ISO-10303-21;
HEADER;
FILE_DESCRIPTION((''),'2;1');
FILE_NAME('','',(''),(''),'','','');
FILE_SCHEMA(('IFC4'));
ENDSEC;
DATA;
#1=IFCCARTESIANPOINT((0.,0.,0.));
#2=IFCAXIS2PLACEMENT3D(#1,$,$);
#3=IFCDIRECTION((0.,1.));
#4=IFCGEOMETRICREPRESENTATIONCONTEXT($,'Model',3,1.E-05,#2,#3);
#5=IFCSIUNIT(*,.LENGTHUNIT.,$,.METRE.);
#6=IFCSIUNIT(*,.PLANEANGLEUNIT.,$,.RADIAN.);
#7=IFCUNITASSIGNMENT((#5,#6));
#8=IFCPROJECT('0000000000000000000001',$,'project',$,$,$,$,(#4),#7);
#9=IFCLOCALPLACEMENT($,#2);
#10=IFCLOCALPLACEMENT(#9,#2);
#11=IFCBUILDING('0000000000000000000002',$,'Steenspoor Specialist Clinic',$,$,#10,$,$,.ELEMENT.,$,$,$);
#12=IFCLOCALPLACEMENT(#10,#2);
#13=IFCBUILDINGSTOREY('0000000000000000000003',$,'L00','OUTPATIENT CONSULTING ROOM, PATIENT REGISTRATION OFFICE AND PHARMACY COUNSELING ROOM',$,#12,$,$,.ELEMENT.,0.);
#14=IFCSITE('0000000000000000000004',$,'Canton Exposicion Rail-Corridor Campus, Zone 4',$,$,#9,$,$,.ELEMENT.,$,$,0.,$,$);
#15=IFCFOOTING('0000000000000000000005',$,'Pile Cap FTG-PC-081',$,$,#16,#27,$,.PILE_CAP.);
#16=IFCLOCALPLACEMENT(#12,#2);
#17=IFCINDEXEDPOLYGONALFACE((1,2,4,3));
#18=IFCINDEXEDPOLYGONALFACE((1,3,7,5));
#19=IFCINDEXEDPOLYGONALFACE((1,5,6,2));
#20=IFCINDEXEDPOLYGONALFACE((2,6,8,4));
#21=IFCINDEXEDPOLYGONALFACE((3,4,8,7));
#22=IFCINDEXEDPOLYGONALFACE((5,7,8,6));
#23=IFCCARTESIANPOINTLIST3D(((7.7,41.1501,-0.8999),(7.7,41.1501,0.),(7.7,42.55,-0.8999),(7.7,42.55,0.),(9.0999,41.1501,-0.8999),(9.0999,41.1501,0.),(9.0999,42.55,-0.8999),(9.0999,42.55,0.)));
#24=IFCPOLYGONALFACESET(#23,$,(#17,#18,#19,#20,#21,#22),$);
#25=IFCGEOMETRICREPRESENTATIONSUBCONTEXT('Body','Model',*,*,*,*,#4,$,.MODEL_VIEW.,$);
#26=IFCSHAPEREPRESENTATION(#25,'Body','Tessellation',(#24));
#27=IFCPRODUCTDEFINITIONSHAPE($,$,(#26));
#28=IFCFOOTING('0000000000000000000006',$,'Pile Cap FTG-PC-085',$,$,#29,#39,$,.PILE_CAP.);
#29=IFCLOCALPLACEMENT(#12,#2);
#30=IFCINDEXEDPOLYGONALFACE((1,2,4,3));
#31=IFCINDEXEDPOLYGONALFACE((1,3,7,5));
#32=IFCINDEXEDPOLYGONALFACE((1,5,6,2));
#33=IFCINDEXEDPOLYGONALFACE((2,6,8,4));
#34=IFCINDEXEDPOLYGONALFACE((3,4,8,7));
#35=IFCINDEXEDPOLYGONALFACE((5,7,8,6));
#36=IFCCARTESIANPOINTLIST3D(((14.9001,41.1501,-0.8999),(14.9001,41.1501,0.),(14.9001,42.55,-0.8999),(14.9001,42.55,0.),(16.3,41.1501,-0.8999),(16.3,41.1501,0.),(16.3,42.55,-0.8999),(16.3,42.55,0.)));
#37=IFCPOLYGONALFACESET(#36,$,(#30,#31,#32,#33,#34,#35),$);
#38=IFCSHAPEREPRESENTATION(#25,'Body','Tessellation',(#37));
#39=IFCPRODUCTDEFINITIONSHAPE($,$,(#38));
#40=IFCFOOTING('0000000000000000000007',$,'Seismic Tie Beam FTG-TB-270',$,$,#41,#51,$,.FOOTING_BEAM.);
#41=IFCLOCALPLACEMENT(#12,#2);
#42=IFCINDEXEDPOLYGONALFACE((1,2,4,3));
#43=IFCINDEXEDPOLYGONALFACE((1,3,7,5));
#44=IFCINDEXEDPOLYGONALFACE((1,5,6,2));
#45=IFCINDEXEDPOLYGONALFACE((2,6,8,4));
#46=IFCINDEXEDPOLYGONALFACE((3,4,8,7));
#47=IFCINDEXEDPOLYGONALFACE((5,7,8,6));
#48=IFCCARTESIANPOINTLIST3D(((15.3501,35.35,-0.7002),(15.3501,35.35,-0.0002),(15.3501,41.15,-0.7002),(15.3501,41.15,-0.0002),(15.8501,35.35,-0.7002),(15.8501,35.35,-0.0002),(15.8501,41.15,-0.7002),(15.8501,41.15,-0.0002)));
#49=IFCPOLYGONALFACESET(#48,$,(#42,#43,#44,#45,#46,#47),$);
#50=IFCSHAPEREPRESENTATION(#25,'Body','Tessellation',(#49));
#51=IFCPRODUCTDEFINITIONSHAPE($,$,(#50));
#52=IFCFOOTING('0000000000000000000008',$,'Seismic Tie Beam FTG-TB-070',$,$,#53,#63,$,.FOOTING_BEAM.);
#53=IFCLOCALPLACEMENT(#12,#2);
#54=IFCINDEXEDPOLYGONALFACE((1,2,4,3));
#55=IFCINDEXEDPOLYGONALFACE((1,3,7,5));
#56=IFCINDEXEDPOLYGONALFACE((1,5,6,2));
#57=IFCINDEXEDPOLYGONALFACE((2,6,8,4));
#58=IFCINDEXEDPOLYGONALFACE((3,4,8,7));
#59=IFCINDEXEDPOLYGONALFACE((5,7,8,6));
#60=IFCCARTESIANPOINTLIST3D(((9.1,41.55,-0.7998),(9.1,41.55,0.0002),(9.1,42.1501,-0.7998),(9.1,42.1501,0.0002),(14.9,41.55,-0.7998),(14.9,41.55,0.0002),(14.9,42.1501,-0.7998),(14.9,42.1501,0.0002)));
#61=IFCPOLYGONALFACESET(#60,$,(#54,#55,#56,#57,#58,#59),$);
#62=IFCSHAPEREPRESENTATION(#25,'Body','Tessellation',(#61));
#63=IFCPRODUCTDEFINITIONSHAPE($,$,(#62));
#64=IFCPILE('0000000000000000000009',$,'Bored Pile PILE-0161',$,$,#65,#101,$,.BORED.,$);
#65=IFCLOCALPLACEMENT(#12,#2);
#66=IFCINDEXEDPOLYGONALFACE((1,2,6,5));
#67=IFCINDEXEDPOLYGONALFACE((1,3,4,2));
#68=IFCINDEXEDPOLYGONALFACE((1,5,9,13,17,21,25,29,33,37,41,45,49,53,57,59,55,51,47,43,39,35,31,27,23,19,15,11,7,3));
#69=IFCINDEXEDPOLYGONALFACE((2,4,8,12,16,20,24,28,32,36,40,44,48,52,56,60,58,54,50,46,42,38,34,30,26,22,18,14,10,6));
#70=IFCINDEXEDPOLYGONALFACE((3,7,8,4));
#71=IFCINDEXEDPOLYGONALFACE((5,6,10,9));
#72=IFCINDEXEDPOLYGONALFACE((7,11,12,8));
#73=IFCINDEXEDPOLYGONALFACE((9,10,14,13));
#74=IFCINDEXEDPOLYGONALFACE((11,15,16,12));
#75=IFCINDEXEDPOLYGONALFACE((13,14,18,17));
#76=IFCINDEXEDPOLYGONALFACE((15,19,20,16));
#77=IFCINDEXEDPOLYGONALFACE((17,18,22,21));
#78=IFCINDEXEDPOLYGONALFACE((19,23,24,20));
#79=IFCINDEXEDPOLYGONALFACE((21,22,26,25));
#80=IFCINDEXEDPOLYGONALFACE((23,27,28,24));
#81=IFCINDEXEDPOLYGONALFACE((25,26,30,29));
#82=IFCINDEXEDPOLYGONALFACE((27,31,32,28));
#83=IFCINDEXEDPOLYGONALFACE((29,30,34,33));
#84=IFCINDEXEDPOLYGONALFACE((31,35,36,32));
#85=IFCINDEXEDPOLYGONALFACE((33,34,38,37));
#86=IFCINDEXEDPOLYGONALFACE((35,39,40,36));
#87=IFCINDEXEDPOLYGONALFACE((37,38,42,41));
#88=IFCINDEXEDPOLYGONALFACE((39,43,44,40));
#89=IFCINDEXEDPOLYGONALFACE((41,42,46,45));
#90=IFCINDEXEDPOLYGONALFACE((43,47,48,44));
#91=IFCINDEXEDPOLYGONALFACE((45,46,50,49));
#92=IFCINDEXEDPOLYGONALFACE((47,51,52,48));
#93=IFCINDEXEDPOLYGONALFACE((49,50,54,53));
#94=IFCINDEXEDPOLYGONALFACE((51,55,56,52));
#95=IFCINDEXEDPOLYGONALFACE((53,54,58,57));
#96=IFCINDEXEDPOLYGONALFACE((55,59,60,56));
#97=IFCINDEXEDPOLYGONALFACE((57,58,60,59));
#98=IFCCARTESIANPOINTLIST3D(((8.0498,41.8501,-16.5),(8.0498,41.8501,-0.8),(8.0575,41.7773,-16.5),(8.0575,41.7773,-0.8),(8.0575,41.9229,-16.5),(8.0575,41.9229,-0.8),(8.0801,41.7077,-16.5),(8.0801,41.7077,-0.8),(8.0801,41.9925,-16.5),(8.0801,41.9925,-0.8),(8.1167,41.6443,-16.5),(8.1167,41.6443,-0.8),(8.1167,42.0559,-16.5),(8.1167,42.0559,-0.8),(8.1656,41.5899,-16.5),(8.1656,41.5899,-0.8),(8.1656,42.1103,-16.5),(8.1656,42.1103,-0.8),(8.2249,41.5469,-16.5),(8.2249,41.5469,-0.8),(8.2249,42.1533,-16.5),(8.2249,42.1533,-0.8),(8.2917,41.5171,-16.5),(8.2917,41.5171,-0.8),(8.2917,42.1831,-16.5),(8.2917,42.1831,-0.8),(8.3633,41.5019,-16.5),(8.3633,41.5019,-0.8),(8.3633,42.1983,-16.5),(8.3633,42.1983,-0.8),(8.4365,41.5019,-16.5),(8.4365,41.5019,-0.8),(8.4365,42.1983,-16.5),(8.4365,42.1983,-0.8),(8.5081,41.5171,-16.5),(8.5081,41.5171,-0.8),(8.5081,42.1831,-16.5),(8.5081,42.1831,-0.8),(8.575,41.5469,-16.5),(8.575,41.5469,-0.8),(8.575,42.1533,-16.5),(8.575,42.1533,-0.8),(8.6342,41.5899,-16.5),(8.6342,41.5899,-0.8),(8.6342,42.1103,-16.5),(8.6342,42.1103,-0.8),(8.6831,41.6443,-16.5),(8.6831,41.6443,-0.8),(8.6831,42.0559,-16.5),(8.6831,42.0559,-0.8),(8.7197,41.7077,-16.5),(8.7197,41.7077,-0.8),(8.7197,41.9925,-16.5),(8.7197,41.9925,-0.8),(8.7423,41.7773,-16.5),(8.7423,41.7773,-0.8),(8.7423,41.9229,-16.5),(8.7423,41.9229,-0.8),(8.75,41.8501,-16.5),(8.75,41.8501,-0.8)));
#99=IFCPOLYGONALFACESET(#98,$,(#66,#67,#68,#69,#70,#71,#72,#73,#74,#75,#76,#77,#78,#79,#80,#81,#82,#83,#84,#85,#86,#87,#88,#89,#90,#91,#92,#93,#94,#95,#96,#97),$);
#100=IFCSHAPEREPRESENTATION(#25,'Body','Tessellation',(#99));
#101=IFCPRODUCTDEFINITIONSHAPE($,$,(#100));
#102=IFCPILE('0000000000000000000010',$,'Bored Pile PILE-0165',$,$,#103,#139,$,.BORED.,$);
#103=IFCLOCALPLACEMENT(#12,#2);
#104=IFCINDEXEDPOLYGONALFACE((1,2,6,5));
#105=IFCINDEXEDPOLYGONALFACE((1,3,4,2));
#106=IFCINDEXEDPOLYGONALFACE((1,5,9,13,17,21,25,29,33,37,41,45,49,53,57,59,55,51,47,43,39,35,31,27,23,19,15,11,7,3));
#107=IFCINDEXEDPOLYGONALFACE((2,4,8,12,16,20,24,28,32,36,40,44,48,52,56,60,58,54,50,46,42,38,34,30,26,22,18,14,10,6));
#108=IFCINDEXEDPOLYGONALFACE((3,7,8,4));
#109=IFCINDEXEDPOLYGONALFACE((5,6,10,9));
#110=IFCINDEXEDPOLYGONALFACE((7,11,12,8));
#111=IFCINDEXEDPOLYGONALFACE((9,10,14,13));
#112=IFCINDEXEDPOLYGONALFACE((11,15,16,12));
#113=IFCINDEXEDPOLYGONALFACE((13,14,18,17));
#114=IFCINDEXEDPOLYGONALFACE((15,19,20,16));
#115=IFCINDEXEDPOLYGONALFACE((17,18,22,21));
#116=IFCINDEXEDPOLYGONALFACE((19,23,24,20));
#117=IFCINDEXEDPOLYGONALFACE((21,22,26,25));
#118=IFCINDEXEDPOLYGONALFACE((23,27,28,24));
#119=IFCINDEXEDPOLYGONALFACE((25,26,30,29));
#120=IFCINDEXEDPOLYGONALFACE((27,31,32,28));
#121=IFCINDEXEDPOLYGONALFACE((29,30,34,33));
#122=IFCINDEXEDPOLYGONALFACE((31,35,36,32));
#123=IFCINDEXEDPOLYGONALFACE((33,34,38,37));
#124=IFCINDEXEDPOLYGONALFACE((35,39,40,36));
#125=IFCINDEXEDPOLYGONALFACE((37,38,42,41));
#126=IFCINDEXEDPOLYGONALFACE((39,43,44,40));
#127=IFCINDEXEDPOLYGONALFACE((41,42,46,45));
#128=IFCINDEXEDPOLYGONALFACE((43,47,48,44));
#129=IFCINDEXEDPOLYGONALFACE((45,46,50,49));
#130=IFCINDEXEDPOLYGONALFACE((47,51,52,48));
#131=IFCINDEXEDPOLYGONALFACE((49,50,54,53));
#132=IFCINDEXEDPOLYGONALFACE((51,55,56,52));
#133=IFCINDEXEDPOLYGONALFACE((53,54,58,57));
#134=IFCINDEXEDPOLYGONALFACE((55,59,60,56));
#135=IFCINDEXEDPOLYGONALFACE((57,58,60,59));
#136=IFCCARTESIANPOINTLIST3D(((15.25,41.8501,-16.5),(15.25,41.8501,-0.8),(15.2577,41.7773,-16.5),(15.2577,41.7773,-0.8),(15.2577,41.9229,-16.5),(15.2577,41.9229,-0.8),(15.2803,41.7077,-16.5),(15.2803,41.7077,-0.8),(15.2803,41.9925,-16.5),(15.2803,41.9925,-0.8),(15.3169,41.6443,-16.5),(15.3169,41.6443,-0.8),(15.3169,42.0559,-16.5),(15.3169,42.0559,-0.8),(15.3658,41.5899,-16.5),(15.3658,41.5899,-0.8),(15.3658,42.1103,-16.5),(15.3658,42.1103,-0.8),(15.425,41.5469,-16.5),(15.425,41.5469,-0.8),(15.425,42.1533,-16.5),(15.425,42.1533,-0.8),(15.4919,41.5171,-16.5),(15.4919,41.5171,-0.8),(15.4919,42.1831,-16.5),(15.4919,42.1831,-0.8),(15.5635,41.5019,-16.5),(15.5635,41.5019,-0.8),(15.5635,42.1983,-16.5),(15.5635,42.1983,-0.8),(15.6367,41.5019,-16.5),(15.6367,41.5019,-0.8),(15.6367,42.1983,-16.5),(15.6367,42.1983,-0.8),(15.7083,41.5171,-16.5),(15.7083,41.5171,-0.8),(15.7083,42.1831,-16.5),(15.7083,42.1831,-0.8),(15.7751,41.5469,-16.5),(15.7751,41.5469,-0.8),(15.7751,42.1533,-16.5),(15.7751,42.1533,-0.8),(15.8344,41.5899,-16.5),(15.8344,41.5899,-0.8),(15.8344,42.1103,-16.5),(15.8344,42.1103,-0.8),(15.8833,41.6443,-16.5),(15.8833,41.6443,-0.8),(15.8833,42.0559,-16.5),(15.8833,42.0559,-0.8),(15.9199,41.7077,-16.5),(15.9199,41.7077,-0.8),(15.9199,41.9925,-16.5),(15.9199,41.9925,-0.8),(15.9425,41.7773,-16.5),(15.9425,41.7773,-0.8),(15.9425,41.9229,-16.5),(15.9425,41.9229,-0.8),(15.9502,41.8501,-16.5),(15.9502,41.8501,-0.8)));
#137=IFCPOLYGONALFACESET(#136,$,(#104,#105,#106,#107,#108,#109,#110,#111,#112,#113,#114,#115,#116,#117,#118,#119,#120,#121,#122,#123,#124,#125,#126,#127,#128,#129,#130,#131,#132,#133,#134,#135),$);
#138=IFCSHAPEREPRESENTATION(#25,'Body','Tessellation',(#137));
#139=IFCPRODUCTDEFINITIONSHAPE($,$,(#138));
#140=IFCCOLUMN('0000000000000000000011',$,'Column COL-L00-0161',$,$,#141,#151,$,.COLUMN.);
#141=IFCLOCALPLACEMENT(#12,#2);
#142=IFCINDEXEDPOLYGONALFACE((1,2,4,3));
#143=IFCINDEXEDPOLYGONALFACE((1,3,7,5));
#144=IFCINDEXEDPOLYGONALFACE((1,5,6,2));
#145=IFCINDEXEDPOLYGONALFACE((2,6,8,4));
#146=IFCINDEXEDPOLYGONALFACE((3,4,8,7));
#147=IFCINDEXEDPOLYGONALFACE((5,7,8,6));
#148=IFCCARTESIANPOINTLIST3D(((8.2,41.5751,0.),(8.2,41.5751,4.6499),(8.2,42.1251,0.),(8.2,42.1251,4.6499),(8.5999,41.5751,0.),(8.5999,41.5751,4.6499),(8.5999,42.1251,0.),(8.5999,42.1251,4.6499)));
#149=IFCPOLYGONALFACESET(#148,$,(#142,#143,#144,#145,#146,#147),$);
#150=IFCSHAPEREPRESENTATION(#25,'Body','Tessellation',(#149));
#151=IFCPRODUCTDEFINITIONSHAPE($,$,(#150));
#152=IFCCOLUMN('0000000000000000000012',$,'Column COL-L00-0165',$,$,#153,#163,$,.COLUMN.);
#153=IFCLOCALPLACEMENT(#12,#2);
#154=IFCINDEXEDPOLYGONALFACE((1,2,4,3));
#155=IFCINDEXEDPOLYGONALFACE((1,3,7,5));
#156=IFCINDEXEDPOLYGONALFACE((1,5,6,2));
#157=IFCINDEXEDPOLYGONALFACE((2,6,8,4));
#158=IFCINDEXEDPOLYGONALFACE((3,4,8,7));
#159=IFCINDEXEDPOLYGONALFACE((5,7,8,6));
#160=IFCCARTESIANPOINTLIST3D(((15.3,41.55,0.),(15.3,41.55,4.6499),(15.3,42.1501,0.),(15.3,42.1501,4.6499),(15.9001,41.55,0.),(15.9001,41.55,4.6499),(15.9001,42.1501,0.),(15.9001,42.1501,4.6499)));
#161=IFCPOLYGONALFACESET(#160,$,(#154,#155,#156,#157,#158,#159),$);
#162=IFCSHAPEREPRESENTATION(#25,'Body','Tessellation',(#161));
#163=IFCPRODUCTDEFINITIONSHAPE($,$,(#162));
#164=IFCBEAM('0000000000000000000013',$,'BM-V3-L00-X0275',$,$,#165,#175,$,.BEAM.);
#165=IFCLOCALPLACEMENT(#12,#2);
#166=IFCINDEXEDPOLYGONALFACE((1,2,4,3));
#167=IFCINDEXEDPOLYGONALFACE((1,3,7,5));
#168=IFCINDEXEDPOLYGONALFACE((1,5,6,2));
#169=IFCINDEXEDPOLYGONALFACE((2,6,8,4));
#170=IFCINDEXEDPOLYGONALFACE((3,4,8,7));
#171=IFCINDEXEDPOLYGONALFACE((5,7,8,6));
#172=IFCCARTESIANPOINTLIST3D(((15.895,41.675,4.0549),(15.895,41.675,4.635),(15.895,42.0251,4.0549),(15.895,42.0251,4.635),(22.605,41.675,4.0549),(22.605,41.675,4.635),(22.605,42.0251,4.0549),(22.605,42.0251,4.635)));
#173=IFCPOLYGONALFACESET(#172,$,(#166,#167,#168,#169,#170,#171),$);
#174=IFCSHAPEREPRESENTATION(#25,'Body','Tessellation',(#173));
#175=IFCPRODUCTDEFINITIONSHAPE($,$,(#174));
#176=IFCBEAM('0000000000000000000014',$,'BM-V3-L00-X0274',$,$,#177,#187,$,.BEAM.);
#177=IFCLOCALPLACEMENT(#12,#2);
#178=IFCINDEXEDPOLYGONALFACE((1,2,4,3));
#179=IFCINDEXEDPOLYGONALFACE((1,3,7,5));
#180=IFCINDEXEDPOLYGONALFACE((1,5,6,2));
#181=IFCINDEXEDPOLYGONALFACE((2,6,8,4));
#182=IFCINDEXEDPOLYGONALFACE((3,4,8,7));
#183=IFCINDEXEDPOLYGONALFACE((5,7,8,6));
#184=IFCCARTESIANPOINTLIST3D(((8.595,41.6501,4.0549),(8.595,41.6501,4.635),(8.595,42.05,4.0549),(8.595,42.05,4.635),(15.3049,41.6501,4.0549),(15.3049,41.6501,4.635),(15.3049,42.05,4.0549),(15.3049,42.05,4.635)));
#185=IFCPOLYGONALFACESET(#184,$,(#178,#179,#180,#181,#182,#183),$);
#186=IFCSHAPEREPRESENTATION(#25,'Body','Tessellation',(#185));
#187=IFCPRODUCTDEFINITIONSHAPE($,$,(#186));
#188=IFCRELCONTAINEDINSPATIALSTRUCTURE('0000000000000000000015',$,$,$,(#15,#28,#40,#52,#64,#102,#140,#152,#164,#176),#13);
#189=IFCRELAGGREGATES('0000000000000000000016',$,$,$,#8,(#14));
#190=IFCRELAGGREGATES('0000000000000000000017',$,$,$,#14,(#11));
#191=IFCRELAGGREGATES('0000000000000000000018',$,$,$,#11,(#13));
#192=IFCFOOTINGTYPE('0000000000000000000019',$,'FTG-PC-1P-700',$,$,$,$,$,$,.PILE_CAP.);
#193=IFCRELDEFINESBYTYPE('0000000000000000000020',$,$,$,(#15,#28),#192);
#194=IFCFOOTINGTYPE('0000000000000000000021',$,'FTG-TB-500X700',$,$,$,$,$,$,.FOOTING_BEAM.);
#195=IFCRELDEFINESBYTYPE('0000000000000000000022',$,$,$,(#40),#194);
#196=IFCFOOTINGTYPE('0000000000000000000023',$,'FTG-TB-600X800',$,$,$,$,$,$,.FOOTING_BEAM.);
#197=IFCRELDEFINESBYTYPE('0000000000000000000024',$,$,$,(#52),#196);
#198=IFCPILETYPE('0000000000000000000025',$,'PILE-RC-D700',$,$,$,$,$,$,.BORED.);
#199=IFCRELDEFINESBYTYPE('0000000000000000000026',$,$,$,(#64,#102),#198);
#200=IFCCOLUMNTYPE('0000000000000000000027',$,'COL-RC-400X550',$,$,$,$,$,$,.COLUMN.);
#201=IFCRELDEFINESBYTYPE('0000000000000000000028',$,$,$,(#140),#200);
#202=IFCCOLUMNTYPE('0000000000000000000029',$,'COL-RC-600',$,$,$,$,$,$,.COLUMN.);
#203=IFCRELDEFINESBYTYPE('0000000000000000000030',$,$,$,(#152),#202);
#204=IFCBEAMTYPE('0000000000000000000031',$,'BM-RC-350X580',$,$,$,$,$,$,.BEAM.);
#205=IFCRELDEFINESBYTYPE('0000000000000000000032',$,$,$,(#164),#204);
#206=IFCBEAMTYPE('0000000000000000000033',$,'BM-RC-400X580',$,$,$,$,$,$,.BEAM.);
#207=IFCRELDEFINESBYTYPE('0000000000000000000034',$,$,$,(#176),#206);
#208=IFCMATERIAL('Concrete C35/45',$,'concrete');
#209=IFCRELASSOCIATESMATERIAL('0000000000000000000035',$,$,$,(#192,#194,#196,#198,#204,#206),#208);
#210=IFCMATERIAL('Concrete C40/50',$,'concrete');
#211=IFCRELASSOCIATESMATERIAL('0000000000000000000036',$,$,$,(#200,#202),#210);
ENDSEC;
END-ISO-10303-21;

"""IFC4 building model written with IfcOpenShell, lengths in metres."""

from ifc_helpers import new_model, si_unit, direction, frame, origin, origin_2d, place, context, subcontext, project, spatial, rectangle, circle, extrude, material, material_profile, profile_set, type_object, element, save


model = new_model("IFC4")

# Units and contexts
model_context = context("Model", 3, precision=1e-05, world=origin(), true_north=direction((0.0, 1.0)))
body_context = subcontext(model_context, "Body", "Model", "MODEL_VIEW")
ifc_project = project(units=[si_unit("LENGTHUNIT", "METRE"), si_unit("PLANEANGLEUNIT", "RADIAN")], contexts=[model_context])

# Site, building, storey
site_placement = place(None, origin())
site = spatial("IfcSite", under=ifc_project, at=site_placement, Name="Canton Exposicion Rail-Corridor Campus, Zone 4", CompositionType="ELEMENT", RefElevation=0.0)
building_placement = place(site_placement, origin())
building = spatial("IfcBuilding", under=site, at=building_placement, Name="Steenspoor Specialist Clinic", CompositionType="ELEMENT")
storey_placement = place(building_placement, origin())
storey = spatial("IfcBuildingStorey", under=building, at=storey_placement, Name="L00", Description="OUTPATIENT CONSULTING ROOM, PATIENT REGISTRATION OFFICE AND PHARMACY COUNSELING ROOM", CompositionType="ELEMENT", Elevation=0.0)

# Footings
ifc_material_1 = material(Name="Concrete C35/45", Category="concrete")
footing_type_1 = type_object("IfcFootingType", Name="FTG-PC-1P-700", PredefinedType="PILE_CAP", material=ifc_material_1)
for number, where, z_axis, x_axis, name in (
    (1, (8.3999, 41.8501, -0.8999), (0.0, 0.0, 1.0), (1.0, 0.0, 0.0), "Pile Cap FTG-PC-081"),
    (2, (15.6001, 41.8501, -0.8999), (0.0, 0.0, 1.0), (1.0, 0.0, 0.0), "Pile Cap FTG-PC-085"),
):
    element("IfcFooting", number, at=place(storey_placement, frame(where, z_axis=z_axis, x_axis=x_axis)), inside=storey, type_object=footing_type_1, Name=name, PredefinedType="PILE_CAP", context=body_context, shape_type="SweptSolid", body=[
        extrude(rectangle(XDim=1.3999, YDim=1.3999, at=origin_2d()), origin(), (0.0, 0.0, 1.0), 0.8999),
    ])
footing_type_2 = type_object("IfcFootingType", Name="FTG-TB-500X700", PredefinedType="FOOTING_BEAM", material=ifc_material_1)
footing_1_placement = place(storey_placement, frame((15.6001, 38.25, -0.7002), z_axis=(0.0, 0.0, 1.0), x_axis=(1.0, 0.0, 0.0)))
element("IfcFooting", 3, at=footing_1_placement, inside=storey, type_object=footing_type_2, Name="Seismic Tie Beam FTG-TB-270", PredefinedType="FOOTING_BEAM", context=body_context, shape_type="SweptSolid", body=[
    extrude(rectangle(XDim=0.5, YDim=5.8, at=origin_2d()), origin(), (0.0, 0.0, 1.0), 0.7),
])
footing_type_3 = type_object("IfcFootingType", Name="FTG-TB-600X800", PredefinedType="FOOTING_BEAM", material=ifc_material_1)
footing_2_placement = place(storey_placement, frame((12.0, 41.8501, -0.7998), z_axis=(0.0, 0.0, 1.0), x_axis=(1.0, 0.0, 0.0)))
element("IfcFooting", 4, at=footing_2_placement, inside=storey, type_object=footing_type_3, Name="Seismic Tie Beam FTG-TB-070", PredefinedType="FOOTING_BEAM", context=body_context, shape_type="SweptSolid", body=[
    extrude(rectangle(XDim=5.8, YDim=0.6001, at=origin_2d()), origin(), (0.0, 0.0, 1.0), 0.8),
])

# Piles
ifc_material_profile_1 = material_profile(ifc_material_1, circle(Radius=0.3501, at=origin_2d()), Name="PILE-D700")
ifc_profile_set_1 = profile_set([ifc_material_profile_1], Name="Concrete C35/45")
pile_type = type_object("IfcPileType", Name="PILE-RC-D700", PredefinedType="BORED", material=ifc_profile_set_1)
for number, where, z_axis, x_axis, name in (
    (5, (8.3999, 41.8501, -0.8), (0.0, 0.0, -1.0), (1.0, 0.0, 0.0), "Bored Pile PILE-0161"),
    (6, (15.6001, 41.8501, -0.8), (0.0, 0.0, -1.0), (1.0, 0.0, 0.0), "Bored Pile PILE-0165"),
):
    element("IfcPile", number, at=place(storey_placement, frame(where, z_axis=z_axis, x_axis=x_axis)), inside=storey, type_object=pile_type, Name=name, PredefinedType="BORED", context=body_context, shape_type="SweptSolid", body=[
        extrude(circle(Radius=0.3501, at=origin_2d()), origin(), (0.0, 0.0, 1.0), 15.7),
    ])

# Columns
ifc_material_2 = material(Name="Concrete C40/50", Category="concrete")
ifc_material_profile_2 = material_profile(ifc_material_2, rectangle(XDim=0.3999, YDim=0.55, at=origin_2d()), Name="RC-COL-400X550")
ifc_profile_set_2 = profile_set([ifc_material_profile_2], Name="Concrete C40/50")
column_type_1 = type_object("IfcColumnType", Name="COL-RC-400X550", PredefinedType="COLUMN", material=ifc_profile_set_2)
column_1_placement = place(storey_placement, frame((8.3999, 41.8501, 0.0), z_axis=(0.0, 0.0, 1.0), x_axis=(1.0, 0.0, 0.0)))
element("IfcColumn", 7, at=column_1_placement, inside=storey, type_object=column_type_1, Name="Column COL-L00-0161", PredefinedType="COLUMN", context=body_context, shape_type="SweptSolid", body=[
    extrude(rectangle(XDim=0.3999, YDim=0.55, at=origin_2d()), origin(), (0.0, 0.0, 1.0), 4.6499),
])
ifc_material_profile_3 = material_profile(ifc_material_2, rectangle(XDim=0.6001, YDim=0.6001, at=origin_2d()), Name="RC-COL-600X600")
ifc_profile_set_3 = profile_set([ifc_material_profile_3], Name="Concrete C40/50")
column_type_2 = type_object("IfcColumnType", Name="COL-RC-600", PredefinedType="COLUMN", material=ifc_profile_set_3)
column_2_placement = place(storey_placement, frame((15.6001, 41.8501, 0.0), z_axis=(0.0, 0.0, 1.0), x_axis=(1.0, 0.0, 0.0)))
element("IfcColumn", 8, at=column_2_placement, inside=storey, type_object=column_type_2, Name="Column COL-L00-0165", PredefinedType="COLUMN", context=body_context, shape_type="SweptSolid", body=[
    extrude(rectangle(XDim=0.6001, YDim=0.6001, at=origin_2d()), origin(), (0.0, 0.0, 1.0), 4.6499),
])

# Beams
ifc_material_profile_4 = material_profile(ifc_material_1, rectangle(XDim=0.3501, YDim=0.5801, at=origin_2d()), Name="RC-BM-350X580")
ifc_profile_set_4 = profile_set([ifc_material_profile_4], Name="Concrete C35/45")
beam_type_1 = type_object("IfcBeamType", Name="BM-RC-350X580", PredefinedType="BEAM", material=ifc_profile_set_4)
beam_1_placement = place(storey_placement, frame((15.895, 41.8501, 4.345), z_axis=(1.0, 0.0, 0.0), x_axis=(0.0, 1.0, 0.0)))
element("IfcBeam", 9, at=beam_1_placement, inside=storey, type_object=beam_type_1, Name="BM-V3-L00-X0275", PredefinedType="BEAM", context=body_context, shape_type="SweptSolid", body=[
    extrude(rectangle(XDim=0.3501, YDim=0.5801, at=origin_2d()), origin(), (0.0, 0.0, 1.0), 6.71),
])
ifc_material_profile_5 = material_profile(ifc_material_1, rectangle(XDim=0.3999, YDim=0.5801, at=origin_2d()), Name="RC-BM-400X580")
ifc_profile_set_5 = profile_set([ifc_material_profile_5], Name="Concrete C35/45")
beam_type_2 = type_object("IfcBeamType", Name="BM-RC-400X580", PredefinedType="BEAM", material=ifc_profile_set_5)
beam_2_placement = place(storey_placement, frame((8.595, 41.8501, 4.345), z_axis=(1.0, 0.0, 0.0), x_axis=(0.0, 1.0, 0.0)))
element("IfcBeam", 10, at=beam_2_placement, inside=storey, type_object=beam_type_2, Name="BM-V3-L00-X0274", PredefinedType="BEAM", context=body_context, shape_type="SweptSolid", body=[
    extrude(rectangle(XDim=0.3999, YDim=0.5801, at=origin_2d()), origin(), (0.0, 0.0, 1.0), 6.71),
])

save(model, "model.ifc")
